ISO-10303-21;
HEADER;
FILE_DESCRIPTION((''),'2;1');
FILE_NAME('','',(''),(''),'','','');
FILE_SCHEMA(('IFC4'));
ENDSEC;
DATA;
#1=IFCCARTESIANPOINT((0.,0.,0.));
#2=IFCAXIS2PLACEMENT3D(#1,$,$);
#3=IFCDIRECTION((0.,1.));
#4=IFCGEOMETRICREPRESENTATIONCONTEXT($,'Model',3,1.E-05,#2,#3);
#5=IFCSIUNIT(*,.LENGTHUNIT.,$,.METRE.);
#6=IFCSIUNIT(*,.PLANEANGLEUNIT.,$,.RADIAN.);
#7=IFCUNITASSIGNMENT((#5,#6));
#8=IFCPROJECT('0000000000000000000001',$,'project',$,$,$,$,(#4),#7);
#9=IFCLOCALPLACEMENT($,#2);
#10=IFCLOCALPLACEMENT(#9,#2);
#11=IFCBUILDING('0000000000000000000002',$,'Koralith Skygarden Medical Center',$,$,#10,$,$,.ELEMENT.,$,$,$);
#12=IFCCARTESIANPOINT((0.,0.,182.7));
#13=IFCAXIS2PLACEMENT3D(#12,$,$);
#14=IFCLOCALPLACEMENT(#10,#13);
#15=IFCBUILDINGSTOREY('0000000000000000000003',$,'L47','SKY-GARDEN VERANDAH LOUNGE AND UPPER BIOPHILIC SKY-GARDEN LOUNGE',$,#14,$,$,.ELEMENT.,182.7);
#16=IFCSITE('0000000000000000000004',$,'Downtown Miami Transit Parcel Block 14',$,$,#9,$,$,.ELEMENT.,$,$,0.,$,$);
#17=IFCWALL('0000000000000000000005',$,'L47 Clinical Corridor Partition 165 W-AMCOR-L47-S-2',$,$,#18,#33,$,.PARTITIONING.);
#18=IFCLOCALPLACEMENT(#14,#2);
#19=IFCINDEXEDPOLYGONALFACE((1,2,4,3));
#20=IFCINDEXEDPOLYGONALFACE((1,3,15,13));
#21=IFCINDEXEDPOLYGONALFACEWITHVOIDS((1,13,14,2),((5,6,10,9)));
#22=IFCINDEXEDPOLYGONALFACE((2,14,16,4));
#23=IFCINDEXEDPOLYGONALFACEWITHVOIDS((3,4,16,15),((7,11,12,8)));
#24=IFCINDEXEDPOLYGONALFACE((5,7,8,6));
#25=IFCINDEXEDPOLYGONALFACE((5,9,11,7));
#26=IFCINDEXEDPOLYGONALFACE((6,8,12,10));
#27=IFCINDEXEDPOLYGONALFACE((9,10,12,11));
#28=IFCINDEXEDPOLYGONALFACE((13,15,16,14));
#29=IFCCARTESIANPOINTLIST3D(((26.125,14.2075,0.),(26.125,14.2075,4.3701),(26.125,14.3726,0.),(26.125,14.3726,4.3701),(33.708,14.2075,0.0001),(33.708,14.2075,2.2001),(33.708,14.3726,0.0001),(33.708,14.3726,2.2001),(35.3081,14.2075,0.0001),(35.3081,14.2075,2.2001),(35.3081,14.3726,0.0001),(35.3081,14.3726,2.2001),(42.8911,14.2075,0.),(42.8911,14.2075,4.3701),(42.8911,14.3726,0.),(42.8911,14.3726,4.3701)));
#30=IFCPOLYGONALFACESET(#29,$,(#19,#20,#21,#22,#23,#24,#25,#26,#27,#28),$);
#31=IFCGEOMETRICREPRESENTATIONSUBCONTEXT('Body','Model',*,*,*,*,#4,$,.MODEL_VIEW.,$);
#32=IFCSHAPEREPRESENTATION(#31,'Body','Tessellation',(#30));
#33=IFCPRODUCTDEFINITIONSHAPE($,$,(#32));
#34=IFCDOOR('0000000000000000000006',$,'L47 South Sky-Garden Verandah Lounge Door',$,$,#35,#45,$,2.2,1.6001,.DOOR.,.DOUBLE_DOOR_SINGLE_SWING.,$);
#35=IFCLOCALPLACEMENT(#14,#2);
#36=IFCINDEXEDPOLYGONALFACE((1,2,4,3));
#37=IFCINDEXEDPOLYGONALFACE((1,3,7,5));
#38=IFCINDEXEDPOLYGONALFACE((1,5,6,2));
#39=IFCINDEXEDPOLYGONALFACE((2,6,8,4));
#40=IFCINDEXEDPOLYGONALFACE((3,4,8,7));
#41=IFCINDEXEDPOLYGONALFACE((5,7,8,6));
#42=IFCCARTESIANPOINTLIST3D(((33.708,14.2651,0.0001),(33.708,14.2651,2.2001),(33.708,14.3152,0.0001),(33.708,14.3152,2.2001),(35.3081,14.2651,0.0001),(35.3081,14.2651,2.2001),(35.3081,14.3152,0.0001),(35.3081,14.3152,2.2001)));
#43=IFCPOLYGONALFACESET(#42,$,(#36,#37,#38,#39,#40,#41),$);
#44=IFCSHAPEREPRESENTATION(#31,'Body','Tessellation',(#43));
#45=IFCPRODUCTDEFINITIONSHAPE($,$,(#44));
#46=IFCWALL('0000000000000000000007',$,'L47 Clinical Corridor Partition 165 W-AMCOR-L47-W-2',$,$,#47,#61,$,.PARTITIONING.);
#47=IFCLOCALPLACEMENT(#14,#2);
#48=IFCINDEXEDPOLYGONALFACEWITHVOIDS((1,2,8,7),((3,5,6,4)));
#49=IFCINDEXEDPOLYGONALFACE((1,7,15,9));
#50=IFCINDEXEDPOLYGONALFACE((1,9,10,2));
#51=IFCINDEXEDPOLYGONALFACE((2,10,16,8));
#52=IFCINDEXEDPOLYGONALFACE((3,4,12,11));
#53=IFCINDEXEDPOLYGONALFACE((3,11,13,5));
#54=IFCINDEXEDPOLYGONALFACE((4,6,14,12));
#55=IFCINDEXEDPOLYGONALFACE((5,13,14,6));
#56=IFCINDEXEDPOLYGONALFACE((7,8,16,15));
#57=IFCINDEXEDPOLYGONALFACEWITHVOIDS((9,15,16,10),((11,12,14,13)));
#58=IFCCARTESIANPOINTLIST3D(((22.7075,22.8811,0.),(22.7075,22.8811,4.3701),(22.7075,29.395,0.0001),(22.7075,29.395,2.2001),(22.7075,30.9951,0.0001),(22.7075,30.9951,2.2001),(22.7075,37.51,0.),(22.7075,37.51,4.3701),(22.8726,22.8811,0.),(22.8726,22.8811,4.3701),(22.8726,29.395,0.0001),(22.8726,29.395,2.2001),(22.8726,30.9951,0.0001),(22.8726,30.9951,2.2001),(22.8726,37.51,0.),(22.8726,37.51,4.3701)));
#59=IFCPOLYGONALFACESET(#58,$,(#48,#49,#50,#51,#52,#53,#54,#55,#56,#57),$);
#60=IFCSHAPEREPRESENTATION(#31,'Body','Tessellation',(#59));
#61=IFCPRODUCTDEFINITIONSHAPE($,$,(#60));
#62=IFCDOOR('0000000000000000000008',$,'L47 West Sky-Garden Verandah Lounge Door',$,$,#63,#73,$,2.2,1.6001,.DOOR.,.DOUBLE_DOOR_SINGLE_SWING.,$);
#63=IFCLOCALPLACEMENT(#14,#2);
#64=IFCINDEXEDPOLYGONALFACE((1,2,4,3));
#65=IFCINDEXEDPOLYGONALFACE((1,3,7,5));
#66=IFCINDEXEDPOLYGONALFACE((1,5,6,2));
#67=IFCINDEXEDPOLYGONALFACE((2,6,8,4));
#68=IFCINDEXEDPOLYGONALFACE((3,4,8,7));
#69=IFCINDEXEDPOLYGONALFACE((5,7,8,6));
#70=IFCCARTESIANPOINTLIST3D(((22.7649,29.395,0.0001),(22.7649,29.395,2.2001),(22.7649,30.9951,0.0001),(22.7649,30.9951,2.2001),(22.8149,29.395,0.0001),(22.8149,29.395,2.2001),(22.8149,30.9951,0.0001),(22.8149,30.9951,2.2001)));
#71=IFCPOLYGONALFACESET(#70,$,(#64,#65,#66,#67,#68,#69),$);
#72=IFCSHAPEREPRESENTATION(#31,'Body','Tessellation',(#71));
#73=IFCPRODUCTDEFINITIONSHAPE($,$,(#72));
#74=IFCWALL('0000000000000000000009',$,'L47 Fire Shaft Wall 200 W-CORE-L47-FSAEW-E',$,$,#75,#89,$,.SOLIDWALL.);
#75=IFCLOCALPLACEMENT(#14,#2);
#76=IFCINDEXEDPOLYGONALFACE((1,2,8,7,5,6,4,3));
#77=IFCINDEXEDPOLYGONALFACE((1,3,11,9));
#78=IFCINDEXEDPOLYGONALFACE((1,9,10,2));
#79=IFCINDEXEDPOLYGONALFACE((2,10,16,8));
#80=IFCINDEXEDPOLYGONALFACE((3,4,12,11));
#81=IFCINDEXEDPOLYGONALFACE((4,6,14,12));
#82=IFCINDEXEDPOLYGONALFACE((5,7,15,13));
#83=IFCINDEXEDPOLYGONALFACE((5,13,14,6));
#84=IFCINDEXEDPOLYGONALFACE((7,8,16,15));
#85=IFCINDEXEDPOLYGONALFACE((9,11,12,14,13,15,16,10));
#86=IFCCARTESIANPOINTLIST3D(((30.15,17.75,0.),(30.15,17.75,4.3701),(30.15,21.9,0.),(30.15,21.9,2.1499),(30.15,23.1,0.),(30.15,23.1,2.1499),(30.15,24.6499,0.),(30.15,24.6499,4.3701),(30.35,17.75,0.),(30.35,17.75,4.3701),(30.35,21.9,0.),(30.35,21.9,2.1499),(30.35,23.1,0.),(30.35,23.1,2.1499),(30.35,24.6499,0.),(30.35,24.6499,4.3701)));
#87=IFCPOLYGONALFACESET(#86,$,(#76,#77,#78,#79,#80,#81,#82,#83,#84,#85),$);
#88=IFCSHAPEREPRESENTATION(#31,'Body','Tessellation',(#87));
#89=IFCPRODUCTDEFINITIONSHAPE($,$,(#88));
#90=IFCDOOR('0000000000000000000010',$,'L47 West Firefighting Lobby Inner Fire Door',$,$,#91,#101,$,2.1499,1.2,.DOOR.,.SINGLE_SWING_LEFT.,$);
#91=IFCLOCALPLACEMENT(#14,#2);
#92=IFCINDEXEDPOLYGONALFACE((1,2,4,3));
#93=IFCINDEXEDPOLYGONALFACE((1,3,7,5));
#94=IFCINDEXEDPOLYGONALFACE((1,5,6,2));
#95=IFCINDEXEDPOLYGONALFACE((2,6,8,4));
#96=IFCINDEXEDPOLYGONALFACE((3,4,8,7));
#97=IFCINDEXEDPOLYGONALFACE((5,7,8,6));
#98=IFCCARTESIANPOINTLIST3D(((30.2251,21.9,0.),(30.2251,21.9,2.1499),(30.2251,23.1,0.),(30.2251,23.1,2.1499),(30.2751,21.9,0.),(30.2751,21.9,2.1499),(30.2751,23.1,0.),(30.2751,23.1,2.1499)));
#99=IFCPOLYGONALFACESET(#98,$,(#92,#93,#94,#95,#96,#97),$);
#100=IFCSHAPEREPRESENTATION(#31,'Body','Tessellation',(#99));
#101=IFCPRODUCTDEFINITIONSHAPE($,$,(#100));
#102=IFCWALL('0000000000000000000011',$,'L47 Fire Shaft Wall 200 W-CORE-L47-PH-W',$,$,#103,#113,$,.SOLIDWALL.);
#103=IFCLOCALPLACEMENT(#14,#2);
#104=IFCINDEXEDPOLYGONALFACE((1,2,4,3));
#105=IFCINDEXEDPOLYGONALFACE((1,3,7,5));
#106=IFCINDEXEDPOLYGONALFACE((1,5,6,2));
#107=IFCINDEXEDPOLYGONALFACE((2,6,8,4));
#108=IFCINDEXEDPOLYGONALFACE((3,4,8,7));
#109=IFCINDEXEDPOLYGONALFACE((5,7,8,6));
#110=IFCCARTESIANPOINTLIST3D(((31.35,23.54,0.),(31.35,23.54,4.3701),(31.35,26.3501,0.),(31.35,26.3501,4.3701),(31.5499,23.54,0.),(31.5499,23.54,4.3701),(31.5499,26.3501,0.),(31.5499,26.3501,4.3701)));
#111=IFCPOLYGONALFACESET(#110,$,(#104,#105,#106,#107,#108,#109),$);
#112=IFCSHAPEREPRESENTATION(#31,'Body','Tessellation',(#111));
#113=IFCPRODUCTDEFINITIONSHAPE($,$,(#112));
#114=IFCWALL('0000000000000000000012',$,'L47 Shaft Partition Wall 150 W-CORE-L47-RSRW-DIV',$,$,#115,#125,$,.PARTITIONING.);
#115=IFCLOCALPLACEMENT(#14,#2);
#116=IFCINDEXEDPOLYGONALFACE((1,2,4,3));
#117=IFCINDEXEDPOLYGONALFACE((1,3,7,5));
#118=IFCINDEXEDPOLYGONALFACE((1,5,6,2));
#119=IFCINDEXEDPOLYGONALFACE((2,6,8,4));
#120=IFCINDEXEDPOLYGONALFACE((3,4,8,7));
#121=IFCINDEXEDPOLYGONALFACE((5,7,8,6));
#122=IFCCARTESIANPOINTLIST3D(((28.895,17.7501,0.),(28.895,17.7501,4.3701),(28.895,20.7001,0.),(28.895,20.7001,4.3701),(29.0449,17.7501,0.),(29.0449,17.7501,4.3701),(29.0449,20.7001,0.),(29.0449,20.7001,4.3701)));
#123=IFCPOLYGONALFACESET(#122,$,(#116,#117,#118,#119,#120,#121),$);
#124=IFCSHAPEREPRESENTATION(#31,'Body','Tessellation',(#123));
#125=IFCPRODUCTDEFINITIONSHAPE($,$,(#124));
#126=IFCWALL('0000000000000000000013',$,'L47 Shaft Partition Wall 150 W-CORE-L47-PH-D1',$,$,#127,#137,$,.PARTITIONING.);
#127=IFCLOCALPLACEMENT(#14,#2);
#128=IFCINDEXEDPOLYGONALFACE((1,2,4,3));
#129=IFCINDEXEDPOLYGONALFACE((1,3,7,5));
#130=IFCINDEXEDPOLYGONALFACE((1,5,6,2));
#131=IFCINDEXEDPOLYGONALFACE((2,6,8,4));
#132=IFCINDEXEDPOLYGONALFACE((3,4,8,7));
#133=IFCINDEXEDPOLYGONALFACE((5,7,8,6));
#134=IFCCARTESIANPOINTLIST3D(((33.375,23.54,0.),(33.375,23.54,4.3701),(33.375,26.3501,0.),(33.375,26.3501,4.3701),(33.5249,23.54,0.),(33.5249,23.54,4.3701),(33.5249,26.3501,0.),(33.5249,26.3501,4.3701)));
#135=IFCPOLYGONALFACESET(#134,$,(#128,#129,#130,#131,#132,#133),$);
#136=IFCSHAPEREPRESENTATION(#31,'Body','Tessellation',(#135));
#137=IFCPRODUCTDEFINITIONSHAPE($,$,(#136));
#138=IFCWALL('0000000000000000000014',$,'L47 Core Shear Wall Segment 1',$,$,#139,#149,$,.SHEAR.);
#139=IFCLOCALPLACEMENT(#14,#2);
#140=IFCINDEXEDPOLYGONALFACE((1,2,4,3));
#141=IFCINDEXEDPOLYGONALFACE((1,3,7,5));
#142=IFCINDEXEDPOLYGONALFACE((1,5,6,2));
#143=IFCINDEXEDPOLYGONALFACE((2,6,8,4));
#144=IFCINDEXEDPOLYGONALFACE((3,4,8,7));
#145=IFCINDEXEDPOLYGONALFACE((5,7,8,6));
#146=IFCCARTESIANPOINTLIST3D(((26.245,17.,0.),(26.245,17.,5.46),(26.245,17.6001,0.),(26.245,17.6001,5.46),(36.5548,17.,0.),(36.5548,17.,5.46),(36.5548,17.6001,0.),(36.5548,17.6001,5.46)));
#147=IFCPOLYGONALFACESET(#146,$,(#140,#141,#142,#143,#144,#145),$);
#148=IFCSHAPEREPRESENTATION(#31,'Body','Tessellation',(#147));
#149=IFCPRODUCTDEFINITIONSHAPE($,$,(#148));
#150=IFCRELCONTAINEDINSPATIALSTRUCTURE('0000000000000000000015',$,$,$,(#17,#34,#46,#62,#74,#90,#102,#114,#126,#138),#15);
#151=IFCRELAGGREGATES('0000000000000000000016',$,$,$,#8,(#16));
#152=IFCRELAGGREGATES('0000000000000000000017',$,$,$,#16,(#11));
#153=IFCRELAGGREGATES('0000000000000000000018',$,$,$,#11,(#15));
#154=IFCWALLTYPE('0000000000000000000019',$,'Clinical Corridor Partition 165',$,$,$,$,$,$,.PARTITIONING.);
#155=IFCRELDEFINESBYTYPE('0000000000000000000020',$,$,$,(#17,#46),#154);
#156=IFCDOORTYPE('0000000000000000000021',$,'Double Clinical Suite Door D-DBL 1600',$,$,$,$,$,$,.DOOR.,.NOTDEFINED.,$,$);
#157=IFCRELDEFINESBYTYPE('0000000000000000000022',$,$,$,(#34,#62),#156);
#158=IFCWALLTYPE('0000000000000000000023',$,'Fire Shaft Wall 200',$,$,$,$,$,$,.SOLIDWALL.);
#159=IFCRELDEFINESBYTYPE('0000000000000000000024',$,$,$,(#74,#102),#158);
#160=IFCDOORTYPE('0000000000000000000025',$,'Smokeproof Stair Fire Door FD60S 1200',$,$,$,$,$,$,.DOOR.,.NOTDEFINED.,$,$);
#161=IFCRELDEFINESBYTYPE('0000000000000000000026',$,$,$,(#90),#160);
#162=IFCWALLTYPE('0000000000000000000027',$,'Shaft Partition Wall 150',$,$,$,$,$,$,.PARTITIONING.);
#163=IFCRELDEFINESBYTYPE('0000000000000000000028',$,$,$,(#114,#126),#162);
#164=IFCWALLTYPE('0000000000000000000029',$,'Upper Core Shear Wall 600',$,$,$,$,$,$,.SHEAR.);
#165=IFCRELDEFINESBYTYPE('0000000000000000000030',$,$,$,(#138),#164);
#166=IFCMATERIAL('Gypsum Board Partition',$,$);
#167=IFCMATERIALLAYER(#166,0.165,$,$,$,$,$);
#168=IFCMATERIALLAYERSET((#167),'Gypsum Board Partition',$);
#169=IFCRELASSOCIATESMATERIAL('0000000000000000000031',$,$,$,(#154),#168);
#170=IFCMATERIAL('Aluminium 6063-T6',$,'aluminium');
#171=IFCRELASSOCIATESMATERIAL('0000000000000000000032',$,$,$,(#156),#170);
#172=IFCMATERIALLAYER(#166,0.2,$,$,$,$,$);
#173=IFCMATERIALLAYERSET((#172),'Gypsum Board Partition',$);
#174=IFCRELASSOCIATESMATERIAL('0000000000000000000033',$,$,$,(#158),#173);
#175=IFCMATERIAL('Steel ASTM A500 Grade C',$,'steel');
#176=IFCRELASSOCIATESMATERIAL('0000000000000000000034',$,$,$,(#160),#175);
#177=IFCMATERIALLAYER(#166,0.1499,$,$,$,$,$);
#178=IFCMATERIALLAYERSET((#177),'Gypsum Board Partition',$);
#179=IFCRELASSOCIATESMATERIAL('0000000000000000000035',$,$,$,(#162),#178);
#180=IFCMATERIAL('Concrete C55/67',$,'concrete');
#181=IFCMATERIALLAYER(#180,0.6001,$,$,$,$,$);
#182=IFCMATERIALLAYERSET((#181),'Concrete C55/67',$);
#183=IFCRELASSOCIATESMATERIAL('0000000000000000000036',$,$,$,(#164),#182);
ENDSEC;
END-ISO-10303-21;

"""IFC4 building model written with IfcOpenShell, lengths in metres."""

from ifc_helpers import new_model, si_unit, direction, frame, frame_2d, origin, place, context, subcontext, project, spatial, rectangle, extrude, material, layer, layer_set, type_object, element, fill, save


model = new_model("IFC4")

# Units and contexts
model_context = context("Model", 3, precision=1e-05, world=origin(), true_north=direction((0.0, 1.0)))
body_context = subcontext(model_context, "Body", "Model", "MODEL_VIEW")
ifc_project = project(units=[si_unit("LENGTHUNIT", "METRE"), si_unit("PLANEANGLEUNIT", "RADIAN")], contexts=[model_context])

# Site, building, storey
site_placement = place(None, origin())
site = spatial("IfcSite", under=ifc_project, at=site_placement, Name="Downtown Miami Transit Parcel Block 14", CompositionType="ELEMENT", RefElevation=0.0)
building_placement = place(site_placement, origin())
building = spatial("IfcBuilding", under=site, at=building_placement, Name="Koralith Skygarden Medical Center", CompositionType="ELEMENT")
storey_placement = place(building_placement, frame((0.0, 0.0, 182.7)))
storey = spatial("IfcBuildingStorey", under=building, at=storey_placement, Name="L47", Description="SKY-GARDEN VERANDAH LOUNGE AND UPPER BIOPHILIC SKY-GARDEN LOUNGE", CompositionType="ELEMENT", Elevation=182.7)

# Shared definitions
ifc_material_1 = material(Name="Concrete C55/67", Category="concrete")

# Shared definitions
ifc_material_2 = material(Name="Gypsum Board Partition")
ifc_material_3 = material(Name="Aluminium 6063-T6", Category="aluminium")

# Walls, openings, doors
ifc_layer_1 = layer(ifc_material_2, 0.165)
ifc_layer_set_1 = layer_set([ifc_layer_1], Name="Gypsum Board Partition")
wall_type_1 = type_object("IfcWallType", Name="Clinical Corridor Partition 165", PredefinedType="PARTITIONING", material=ifc_layer_set_1)
wall_1_placement = place(storey_placement, frame((26.125, 14.29, 0.0), z_axis=(0.0, 0.0, 1.0), x_axis=(1.0, 0.0, 0.0)))
wall_1 = element("IfcWall", 1, at=wall_1_placement, inside=storey, type_object=wall_type_1, Name="L47 Clinical Corridor Partition 165 W-AMCOR-L47-S-2", PredefinedType="PARTITIONING", context=body_context, shape_type="SweptSolid", body=[
    extrude(rectangle(XDim=16.7661, YDim=0.165, at=frame_2d((8.3831, 0.0))), origin(), (0.0, 0.0, 1.0), 4.3701),
])
opening_1_placement = place(wall_1_placement, frame((7.583, 0.0, 0.0)))
opening_1 = element("IfcOpeningElement", 2, at=opening_1_placement, cuts=wall_1, PredefinedType="OPENING", context=body_context, shape_type="SweptSolid", body=[
    extrude(rectangle(XDim=1.6001, YDim=2.2, at=frame_2d((0.8, 1.1001))), frame((0.0, 0.0925, 0.0), z_axis=(0.0, -1.0, 0.0), x_axis=(1.0, 0.0, 0.0)), (0.0, 0.0, 1.0), 0.1851),
])
door_type_1 = type_object("IfcDoorType", Name="Double Clinical Suite Door D-DBL 1600", OperationType="NOTDEFINED", PredefinedType="DOOR", material=ifc_material_3)
door_1_placement = place(opening_1_placement, frame((1.6001, 0.0, 0.0), z_axis=(0.0, 0.0, 1.0), x_axis=(-1.0, 0.0, 0.0)))
door_1 = element("IfcDoor", 3, at=door_1_placement, inside=storey, type_object=door_type_1, Name="L47 South Sky-Garden Verandah Lounge Door", OperationType="DOUBLE_DOOR_SINGLE_SWING", OverallHeight=2.2, OverallWidth=1.6001, PredefinedType="DOOR", context=body_context, shape_type="SweptSolid", body=[
    extrude(rectangle(XDim=1.6001, YDim=2.2, at=frame_2d((0.8, 1.1001))), frame((0.0, 0.0249, 0.0), z_axis=(0.0, -1.0, 0.0), x_axis=(1.0, 0.0, 0.0)), (0.0, 0.0, 1.0), 0.05),
])
fill(opening_1, door_1)
wall_2_placement = place(storey_placement, frame((22.79, 22.8811, 0.0), z_axis=(0.0, 0.0, 1.0), x_axis=(0.0, 1.0, 0.0)))
wall_2 = element("IfcWall", 4, at=wall_2_placement, inside=storey, type_object=wall_type_1, Name="L47 Clinical Corridor Partition 165 W-AMCOR-L47-W-2", PredefinedType="PARTITIONING", context=body_context, shape_type="SweptSolid", body=[
    extrude(rectangle(XDim=14.6289, YDim=0.165, at=frame_2d((7.3145, 0.0))), origin(), (0.0, 0.0, 1.0), 4.3701),
])
opening_2_placement = place(wall_2_placement, frame((6.5139, 0.0, 0.0)))
opening_2 = element("IfcOpeningElement", 5, at=opening_2_placement, cuts=wall_2, PredefinedType="OPENING", context=body_context, shape_type="SweptSolid", body=[
    extrude(rectangle(XDim=1.6001, YDim=2.2, at=frame_2d((0.8, 1.1001))), frame((0.0, 0.0925, 0.0), z_axis=(0.0, -1.0, 0.0), x_axis=(1.0, 0.0, 0.0)), (0.0, 0.0, 1.0), 0.1851),
])
door_2_placement = place(opening_2_placement, frame((1.6001, 0.0, 0.0), z_axis=(0.0, 0.0, 1.0), x_axis=(-1.0, 0.0, 0.0)))
door_2 = element("IfcDoor", 6, at=door_2_placement, inside=storey, type_object=door_type_1, Name="L47 West Sky-Garden Verandah Lounge Door", OperationType="DOUBLE_DOOR_SINGLE_SWING", OverallHeight=2.2, OverallWidth=1.6001, PredefinedType="DOOR", context=body_context, shape_type="SweptSolid", body=[
    extrude(rectangle(XDim=1.6001, YDim=2.2, at=frame_2d((0.8, 1.1001))), frame((0.0, 0.0249, 0.0), z_axis=(0.0, -1.0, 0.0), x_axis=(1.0, 0.0, 0.0)), (0.0, 0.0, 1.0), 0.05),
])
fill(opening_2, door_2)
ifc_layer_2 = layer(ifc_material_2, 0.2)
ifc_layer_set_2 = layer_set([ifc_layer_2], Name="Gypsum Board Partition")
wall_type_2 = type_object("IfcWallType", Name="Fire Shaft Wall 200", PredefinedType="SOLIDWALL", material=ifc_layer_set_2)
ifc_material_4 = material(Name="Steel ASTM A500 Grade C", Category="steel")
wall_3_placement = place(storey_placement, frame((30.25, 17.75, 0.0), z_axis=(0.0, 0.0, 1.0), x_axis=(0.0, 1.0, 0.0)))
wall_3 = element("IfcWall", 7, at=wall_3_placement, inside=storey, type_object=wall_type_2, Name="L47 Fire Shaft Wall 200 W-CORE-L47-FSAEW-E", PredefinedType="SOLIDWALL", context=body_context, shape_type="SweptSolid", body=[
    extrude(rectangle(XDim=6.8999, YDim=0.2, at=frame_2d((3.45, 0.0))), origin(), (0.0, 0.0, 1.0), 4.3701),
])
opening_3_placement = place(wall_3_placement, frame((4.1499, 0.0, 0.0)))
opening_3 = element("IfcOpeningElement", 8, at=opening_3_placement, cuts=wall_3, PredefinedType="OPENING", context=body_context, shape_type="SweptSolid", body=[
    extrude(rectangle(XDim=1.2, YDim=2.1499, at=frame_2d((0.6001, 1.075))), frame((0.0, 0.1099, 0.0), z_axis=(0.0, -1.0, 0.0), x_axis=(1.0, 0.0, 0.0)), (0.0, 0.0, 1.0), 0.22),
])
door_type_2 = type_object("IfcDoorType", Name="Smokeproof Stair Fire Door FD60S 1200", OperationType="NOTDEFINED", PredefinedType="DOOR", material=ifc_material_4)
door_3_placement = place(opening_3_placement, origin())
door_3 = element("IfcDoor", 9, at=door_3_placement, inside=storey, type_object=door_type_2, Name="L47 West Firefighting Lobby Inner Fire Door", OperationType="SINGLE_SWING_LEFT", OverallHeight=2.1499, OverallWidth=1.2, PredefinedType="DOOR", context=body_context, shape_type="SweptSolid", body=[
    extrude(rectangle(XDim=1.2, YDim=2.1499, at=frame_2d((0.6001, 1.075))), frame((0.0, 0.0249, 0.0), z_axis=(0.0, -1.0, 0.0), x_axis=(1.0, 0.0, 0.0)), (0.0, 0.0, 1.0), 0.05),
])
fill(opening_3, door_3)

# Walls
wall_4_placement = place(storey_placement, frame((31.45, 23.54, 0.0), z_axis=(0.0, 0.0, 1.0), x_axis=(0.0, 1.0, 0.0)))
element("IfcWall", 10, at=wall_4_placement, inside=storey, type_object=wall_type_2, Name="L47 Fire Shaft Wall 200 W-CORE-L47-PH-W", PredefinedType="SOLIDWALL", context=body_context, shape_type="SweptSolid", body=[
    extrude(rectangle(XDim=2.8101, YDim=0.2, at=frame_2d((1.405, 0.0))), origin(), (0.0, 0.0, 1.0), 4.3701),
])
ifc_layer_3 = layer(ifc_material_2, 0.1499)
ifc_layer_set_3 = layer_set([ifc_layer_3], Name="Gypsum Board Partition")
wall_type_3 = type_object("IfcWallType", Name="Shaft Partition Wall 150", PredefinedType="PARTITIONING", material=ifc_layer_set_3)
wall_5_placement = place(storey_placement, frame((28.97, 17.75, 0.0), z_axis=(0.0, 0.0, 1.0), x_axis=(0.0, 1.0, 0.0)))
element("IfcWall", 11, at=wall_5_placement, inside=storey, type_object=wall_type_3, Name="L47 Shaft Partition Wall 150 W-CORE-L47-RSRW-DIV", PredefinedType="PARTITIONING", context=body_context, shape_type="SweptSolid", body=[
    extrude(rectangle(XDim=2.95, YDim=0.1499, at=frame_2d((1.4751, 0.0))), origin(), (0.0, 0.0, 1.0), 4.3701),
])
wall_6_placement = place(storey_placement, frame((33.45, 23.54, 0.0), z_axis=(0.0, 0.0, 1.0), x_axis=(0.0, 1.0, 0.0)))
element("IfcWall", 12, at=wall_6_placement, inside=storey, type_object=wall_type_3, Name="L47 Shaft Partition Wall 150 W-CORE-L47-PH-D1", PredefinedType="PARTITIONING", context=body_context, shape_type="SweptSolid", body=[
    extrude(rectangle(XDim=2.8101, YDim=0.1499, at=frame_2d((1.405, 0.0))), origin(), (0.0, 0.0, 1.0), 4.3701),
])
ifc_layer_4 = layer(ifc_material_1, 0.6001)
ifc_layer_set_4 = layer_set([ifc_layer_4], Name="Concrete C55/67")
wall_type_4 = type_object("IfcWallType", Name="Upper Core Shear Wall 600", PredefinedType="SHEAR", material=ifc_layer_set_4)
wall_7_placement = place(storey_placement, frame((26.2451, 17.3, 0.0), z_axis=(0.0, 0.0, 1.0), x_axis=(1.0, 0.0, 0.0)))
element("IfcWall", 13, at=wall_7_placement, inside=storey, type_object=wall_type_4, Name="L47 Core Shear Wall Segment 1", PredefinedType="SHEAR", context=body_context, shape_type="SweptSolid", body=[
    extrude(rectangle(XDim=10.3098, YDim=0.6001, at=frame_2d((5.1548, 0.0))), origin(), (0.0, 0.0, 1.0), 5.46),
])

save(model, "model.ifc")
